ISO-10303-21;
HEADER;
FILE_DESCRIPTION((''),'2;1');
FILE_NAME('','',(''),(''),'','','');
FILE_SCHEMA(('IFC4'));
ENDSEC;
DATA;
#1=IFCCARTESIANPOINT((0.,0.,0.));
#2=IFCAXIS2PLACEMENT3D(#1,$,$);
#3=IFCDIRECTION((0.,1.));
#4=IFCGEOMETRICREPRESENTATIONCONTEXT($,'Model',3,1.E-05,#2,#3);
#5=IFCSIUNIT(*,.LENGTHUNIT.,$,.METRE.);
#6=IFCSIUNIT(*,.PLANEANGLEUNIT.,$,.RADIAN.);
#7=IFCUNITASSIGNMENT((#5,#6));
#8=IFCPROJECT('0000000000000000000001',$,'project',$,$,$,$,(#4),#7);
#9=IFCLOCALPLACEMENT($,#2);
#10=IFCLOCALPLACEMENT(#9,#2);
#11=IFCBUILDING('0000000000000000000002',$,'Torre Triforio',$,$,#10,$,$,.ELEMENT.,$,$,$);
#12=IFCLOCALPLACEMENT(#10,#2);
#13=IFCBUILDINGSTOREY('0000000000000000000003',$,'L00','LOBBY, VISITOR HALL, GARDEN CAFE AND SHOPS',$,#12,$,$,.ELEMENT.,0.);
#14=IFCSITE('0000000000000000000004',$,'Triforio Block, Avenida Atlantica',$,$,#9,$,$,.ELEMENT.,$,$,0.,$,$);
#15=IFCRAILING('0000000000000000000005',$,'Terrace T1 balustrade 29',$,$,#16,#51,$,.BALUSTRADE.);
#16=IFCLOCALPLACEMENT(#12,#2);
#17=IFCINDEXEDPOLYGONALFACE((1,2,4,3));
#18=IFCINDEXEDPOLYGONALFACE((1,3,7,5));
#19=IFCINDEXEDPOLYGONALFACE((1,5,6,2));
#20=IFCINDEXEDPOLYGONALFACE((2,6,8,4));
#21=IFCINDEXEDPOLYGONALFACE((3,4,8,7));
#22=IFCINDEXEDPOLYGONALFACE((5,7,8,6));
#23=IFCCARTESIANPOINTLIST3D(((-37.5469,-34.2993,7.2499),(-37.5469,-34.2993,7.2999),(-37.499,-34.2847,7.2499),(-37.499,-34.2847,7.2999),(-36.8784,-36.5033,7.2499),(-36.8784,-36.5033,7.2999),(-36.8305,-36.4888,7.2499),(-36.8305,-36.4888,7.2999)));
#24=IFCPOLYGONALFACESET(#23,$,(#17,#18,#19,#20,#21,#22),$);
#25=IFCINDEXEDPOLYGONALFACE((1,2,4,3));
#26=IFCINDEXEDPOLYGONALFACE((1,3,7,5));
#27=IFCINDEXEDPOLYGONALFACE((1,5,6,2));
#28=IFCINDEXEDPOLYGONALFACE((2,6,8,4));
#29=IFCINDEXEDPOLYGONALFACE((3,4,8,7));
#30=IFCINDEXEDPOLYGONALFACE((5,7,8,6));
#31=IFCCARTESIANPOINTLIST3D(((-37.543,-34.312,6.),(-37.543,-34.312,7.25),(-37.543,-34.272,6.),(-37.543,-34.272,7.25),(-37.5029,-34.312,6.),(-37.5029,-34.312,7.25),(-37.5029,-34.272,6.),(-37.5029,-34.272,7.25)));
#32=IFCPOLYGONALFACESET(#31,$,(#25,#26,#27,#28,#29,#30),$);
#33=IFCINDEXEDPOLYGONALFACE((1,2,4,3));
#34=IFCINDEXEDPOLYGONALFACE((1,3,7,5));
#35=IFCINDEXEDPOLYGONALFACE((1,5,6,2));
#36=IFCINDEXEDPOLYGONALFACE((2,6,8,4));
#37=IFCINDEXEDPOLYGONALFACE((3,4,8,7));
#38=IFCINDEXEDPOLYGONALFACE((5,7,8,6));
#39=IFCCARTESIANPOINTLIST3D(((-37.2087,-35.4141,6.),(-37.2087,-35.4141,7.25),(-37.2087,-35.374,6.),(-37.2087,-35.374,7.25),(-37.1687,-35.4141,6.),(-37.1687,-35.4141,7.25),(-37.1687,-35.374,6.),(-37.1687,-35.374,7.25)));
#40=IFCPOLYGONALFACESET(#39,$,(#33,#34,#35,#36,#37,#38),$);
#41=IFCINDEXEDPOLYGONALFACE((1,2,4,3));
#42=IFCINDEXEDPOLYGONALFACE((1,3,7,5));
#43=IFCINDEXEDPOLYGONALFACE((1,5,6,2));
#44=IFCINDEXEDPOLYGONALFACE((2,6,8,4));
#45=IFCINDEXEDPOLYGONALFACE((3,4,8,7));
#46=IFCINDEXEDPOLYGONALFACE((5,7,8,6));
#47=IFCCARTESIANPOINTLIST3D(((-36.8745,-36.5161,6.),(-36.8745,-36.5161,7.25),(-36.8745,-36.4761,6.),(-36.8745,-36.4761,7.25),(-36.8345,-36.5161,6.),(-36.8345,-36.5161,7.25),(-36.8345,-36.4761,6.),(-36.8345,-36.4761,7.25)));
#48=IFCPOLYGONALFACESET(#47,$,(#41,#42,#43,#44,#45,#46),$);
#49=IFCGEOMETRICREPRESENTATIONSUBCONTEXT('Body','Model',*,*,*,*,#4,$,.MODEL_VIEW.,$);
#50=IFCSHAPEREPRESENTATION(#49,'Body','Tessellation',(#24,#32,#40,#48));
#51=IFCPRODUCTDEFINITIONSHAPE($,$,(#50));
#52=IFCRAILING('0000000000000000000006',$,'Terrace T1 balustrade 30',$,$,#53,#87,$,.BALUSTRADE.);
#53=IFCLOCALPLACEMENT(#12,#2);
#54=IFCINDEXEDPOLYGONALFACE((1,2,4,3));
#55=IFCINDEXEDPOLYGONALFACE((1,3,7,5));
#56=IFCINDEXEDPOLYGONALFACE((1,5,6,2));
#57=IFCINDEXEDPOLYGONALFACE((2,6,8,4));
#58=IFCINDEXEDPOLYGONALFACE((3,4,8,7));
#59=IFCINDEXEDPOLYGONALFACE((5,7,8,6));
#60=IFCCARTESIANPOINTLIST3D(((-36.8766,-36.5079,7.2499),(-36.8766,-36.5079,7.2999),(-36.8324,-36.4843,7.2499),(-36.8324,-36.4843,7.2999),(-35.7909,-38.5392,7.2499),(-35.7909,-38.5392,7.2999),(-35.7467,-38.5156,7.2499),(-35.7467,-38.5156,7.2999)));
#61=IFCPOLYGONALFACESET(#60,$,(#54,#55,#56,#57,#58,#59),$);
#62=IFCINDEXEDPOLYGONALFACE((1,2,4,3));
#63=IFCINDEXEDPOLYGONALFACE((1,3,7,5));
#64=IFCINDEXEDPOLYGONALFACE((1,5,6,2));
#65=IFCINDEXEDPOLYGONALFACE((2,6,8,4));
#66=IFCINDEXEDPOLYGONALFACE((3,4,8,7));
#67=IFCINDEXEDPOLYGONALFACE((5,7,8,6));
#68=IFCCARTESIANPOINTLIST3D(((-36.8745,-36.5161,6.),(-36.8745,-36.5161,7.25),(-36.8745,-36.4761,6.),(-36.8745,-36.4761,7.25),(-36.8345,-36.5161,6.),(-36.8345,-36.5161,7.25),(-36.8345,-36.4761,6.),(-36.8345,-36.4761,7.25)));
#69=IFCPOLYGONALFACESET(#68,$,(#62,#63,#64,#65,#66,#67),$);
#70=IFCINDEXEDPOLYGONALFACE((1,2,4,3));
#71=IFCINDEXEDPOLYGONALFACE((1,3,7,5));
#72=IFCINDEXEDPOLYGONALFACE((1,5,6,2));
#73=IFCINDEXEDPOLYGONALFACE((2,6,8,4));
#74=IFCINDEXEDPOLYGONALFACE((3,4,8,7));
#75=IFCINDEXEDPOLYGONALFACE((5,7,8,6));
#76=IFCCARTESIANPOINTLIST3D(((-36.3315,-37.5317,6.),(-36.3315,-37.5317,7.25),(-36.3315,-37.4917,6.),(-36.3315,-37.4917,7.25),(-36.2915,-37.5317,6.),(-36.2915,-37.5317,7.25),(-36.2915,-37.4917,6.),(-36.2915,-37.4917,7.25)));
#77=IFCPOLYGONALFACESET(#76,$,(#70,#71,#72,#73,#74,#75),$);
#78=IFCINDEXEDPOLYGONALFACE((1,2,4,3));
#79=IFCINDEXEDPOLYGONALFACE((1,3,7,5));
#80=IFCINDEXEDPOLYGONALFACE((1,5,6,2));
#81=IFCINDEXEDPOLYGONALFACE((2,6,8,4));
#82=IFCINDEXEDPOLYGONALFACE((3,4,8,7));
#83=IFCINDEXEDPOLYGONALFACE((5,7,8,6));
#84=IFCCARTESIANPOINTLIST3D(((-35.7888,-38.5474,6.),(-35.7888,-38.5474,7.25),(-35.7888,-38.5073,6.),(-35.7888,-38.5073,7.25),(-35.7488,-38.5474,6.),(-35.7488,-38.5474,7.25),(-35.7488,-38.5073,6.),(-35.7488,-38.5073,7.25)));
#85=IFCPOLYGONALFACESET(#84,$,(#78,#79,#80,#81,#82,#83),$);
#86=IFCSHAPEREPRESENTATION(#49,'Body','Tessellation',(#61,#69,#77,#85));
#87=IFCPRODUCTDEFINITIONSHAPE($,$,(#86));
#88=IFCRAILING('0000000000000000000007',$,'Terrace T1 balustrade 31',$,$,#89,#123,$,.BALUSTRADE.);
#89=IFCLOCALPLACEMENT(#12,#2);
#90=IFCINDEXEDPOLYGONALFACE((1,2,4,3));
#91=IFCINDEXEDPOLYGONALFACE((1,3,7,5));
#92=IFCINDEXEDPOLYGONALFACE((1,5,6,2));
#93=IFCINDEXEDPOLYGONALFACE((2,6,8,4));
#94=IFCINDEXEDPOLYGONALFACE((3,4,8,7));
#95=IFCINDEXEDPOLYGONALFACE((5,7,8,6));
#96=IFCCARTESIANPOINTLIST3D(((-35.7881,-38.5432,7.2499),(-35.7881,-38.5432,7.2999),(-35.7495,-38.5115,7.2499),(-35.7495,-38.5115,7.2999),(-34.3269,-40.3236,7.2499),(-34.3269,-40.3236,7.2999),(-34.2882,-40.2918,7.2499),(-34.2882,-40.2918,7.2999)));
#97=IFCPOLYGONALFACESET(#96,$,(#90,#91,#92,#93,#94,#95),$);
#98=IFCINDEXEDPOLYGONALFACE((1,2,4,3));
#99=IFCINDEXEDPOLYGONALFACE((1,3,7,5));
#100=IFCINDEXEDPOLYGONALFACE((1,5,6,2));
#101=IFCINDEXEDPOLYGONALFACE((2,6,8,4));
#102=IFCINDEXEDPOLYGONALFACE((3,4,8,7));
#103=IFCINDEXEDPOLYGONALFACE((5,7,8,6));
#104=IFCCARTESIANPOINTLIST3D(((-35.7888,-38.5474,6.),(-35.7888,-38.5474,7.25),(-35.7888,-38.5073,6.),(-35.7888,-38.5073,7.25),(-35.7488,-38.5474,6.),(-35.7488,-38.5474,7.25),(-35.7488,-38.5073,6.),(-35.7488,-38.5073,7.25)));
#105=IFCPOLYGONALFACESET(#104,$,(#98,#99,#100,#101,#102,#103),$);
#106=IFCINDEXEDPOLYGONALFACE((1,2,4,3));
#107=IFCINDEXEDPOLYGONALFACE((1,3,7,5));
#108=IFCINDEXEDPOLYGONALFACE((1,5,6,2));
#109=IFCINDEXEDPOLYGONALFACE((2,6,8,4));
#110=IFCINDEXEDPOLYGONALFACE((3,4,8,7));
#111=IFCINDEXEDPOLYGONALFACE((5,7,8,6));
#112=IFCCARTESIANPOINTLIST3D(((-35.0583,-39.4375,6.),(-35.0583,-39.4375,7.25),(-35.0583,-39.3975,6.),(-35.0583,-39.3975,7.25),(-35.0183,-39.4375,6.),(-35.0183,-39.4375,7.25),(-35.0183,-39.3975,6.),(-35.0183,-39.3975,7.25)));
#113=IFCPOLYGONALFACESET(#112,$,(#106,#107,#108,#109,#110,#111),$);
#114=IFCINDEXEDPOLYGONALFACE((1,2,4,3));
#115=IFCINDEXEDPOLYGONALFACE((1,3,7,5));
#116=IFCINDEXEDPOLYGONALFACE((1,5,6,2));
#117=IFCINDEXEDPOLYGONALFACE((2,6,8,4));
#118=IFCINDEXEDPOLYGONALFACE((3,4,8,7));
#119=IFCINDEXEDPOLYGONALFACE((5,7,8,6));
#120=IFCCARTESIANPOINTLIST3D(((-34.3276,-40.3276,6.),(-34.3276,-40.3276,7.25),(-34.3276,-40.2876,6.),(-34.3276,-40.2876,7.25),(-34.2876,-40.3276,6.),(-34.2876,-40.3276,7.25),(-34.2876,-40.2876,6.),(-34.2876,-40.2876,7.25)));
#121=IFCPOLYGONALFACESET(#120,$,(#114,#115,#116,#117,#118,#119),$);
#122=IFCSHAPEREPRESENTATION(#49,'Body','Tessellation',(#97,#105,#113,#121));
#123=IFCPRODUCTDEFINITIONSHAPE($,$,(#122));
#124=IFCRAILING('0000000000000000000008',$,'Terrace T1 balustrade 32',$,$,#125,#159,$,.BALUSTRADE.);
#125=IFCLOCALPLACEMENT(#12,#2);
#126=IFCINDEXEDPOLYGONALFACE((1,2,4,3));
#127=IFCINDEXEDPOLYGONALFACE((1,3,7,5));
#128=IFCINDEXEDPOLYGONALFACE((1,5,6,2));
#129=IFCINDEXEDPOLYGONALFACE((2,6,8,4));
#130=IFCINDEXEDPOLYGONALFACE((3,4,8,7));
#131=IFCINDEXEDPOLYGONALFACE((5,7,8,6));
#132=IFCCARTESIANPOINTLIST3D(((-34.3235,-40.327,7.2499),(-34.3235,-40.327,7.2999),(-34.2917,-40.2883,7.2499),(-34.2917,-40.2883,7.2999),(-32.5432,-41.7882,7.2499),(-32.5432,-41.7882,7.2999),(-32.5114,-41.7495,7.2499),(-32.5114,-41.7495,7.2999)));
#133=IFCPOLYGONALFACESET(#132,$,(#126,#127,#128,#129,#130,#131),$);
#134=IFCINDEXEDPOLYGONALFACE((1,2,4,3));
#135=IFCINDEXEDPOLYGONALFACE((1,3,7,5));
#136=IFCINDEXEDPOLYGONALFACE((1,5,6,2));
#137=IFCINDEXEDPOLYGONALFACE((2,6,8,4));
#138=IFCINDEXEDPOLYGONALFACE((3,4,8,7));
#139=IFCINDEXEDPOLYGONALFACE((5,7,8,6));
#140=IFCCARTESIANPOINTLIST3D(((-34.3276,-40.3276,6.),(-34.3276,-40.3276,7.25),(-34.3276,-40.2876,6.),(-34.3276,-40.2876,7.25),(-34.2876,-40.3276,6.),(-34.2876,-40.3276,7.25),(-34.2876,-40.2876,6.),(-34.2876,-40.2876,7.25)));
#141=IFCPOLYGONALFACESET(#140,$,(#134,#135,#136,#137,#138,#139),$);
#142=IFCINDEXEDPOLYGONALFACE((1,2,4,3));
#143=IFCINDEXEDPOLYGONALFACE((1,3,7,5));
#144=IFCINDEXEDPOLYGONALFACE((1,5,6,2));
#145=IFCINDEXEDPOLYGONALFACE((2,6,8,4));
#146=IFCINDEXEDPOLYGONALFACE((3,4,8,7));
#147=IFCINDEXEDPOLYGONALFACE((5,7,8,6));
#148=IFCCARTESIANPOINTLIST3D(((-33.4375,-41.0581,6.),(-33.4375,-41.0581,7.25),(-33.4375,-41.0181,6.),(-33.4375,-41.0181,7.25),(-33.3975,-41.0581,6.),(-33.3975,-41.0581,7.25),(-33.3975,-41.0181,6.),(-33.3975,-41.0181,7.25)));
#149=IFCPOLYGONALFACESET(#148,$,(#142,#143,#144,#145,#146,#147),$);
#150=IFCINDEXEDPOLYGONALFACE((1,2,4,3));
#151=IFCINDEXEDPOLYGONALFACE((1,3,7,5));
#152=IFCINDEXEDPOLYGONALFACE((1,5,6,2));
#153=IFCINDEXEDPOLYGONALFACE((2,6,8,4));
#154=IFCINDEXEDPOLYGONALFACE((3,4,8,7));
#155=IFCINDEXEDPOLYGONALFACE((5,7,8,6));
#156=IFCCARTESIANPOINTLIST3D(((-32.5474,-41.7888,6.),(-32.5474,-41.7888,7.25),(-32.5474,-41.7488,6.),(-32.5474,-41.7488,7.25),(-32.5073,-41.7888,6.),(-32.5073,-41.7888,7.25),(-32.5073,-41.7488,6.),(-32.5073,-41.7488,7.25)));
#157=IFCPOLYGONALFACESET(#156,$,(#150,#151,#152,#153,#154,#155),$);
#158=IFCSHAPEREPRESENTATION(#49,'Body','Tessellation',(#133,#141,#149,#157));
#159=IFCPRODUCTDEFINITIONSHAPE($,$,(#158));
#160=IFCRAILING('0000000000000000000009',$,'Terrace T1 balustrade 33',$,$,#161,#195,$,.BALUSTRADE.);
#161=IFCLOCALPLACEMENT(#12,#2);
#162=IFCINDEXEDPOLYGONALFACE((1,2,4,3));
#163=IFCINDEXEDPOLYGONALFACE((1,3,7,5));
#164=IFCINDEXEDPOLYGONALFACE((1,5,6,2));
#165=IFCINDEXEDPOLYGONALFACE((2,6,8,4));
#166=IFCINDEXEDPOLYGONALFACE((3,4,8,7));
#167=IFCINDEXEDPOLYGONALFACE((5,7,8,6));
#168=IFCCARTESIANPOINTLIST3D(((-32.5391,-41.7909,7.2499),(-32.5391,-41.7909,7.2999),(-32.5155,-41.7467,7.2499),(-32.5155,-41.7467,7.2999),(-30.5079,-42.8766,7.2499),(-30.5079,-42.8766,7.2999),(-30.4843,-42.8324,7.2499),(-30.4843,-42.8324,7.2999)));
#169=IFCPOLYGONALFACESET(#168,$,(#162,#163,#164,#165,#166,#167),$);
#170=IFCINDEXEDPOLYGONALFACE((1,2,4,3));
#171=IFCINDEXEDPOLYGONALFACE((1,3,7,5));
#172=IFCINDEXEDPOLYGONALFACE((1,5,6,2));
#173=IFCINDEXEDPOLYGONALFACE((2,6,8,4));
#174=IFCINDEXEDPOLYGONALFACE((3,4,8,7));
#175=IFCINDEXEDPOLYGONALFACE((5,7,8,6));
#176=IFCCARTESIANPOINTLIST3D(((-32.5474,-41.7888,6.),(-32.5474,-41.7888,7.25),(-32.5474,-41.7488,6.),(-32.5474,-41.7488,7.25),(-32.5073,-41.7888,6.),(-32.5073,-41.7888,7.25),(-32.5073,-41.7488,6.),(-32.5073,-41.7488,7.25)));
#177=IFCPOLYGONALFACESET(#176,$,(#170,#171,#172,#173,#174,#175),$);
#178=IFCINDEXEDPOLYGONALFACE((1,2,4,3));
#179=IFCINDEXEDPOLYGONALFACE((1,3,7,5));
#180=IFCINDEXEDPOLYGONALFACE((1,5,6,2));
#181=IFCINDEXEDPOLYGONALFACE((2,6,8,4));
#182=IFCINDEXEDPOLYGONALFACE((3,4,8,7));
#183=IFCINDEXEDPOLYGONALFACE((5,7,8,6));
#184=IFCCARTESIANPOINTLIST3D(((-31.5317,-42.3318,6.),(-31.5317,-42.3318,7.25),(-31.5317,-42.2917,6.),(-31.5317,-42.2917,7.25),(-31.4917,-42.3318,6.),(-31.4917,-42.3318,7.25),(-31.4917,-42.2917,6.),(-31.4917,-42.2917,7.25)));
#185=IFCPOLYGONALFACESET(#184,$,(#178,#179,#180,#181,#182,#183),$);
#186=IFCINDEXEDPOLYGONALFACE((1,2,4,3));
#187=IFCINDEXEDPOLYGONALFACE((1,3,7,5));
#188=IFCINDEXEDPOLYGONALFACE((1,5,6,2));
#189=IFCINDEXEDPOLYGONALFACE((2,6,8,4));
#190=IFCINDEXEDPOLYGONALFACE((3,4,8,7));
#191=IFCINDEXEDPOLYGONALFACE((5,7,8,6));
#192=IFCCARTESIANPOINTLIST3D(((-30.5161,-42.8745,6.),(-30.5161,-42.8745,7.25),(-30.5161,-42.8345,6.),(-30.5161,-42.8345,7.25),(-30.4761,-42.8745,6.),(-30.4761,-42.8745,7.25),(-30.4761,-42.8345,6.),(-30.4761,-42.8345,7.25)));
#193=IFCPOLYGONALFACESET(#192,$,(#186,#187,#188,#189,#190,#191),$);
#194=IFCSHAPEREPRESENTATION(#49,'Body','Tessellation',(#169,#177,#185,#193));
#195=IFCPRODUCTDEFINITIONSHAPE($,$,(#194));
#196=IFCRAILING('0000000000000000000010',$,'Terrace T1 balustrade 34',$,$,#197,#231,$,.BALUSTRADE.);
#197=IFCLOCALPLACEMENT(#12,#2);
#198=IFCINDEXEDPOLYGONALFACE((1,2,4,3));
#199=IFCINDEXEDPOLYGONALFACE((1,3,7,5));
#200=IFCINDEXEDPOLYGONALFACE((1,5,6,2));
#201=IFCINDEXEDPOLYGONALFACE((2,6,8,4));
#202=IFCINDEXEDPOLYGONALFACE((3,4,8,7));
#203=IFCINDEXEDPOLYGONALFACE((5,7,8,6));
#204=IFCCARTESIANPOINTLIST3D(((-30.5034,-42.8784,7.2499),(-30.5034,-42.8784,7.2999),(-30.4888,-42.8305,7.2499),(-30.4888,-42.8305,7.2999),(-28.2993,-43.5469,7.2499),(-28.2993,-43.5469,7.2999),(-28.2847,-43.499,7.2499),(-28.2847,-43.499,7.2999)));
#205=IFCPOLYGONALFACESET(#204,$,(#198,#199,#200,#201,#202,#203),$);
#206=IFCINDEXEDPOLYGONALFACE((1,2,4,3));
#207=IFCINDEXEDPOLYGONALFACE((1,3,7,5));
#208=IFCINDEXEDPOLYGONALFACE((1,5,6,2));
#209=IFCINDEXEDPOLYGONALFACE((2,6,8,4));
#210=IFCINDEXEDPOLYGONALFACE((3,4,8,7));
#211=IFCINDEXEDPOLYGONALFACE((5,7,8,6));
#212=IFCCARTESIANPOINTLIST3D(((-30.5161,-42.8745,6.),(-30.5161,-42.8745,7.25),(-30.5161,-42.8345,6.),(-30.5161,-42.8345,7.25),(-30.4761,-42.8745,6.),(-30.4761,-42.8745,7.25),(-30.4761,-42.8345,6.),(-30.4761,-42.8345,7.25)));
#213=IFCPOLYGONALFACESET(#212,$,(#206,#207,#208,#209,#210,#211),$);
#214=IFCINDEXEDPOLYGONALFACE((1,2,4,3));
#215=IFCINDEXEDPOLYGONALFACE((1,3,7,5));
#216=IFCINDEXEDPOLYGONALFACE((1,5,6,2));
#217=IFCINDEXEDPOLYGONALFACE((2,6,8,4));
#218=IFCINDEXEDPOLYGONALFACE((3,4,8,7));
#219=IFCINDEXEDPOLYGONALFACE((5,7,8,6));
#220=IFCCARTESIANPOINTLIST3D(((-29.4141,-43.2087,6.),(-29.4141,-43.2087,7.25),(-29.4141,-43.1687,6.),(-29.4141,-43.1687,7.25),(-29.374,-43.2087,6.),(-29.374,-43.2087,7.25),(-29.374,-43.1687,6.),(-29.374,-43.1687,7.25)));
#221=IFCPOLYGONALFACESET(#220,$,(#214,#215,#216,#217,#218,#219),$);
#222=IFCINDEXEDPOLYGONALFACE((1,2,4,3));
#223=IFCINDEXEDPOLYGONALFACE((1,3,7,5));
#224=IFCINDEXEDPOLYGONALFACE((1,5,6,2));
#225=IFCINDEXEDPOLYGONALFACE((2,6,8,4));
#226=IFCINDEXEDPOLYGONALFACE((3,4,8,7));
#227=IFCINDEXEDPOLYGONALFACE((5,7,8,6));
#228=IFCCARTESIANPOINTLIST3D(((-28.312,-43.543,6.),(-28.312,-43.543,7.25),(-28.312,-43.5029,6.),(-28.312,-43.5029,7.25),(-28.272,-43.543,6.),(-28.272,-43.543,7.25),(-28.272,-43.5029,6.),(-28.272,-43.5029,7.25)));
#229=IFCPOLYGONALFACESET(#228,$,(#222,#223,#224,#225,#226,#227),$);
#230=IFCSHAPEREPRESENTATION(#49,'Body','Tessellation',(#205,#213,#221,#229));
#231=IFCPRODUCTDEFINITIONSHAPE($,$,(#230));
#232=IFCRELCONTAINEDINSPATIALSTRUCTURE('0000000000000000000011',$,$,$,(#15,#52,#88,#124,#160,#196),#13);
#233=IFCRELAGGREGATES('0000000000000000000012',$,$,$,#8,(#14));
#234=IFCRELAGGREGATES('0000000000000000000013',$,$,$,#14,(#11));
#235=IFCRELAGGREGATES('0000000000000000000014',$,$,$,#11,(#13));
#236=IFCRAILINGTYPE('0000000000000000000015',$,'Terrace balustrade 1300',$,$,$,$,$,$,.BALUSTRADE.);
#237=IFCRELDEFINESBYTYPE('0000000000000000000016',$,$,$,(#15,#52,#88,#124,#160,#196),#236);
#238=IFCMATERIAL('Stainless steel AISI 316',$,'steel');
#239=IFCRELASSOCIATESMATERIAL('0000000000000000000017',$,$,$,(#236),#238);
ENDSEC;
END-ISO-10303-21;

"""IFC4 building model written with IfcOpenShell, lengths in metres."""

from ifc_helpers import new_model, si_unit, direction, frame, origin, origin_2d, place, context, subcontext, project, spatial, rectangle, extrude, material, type_object, element, save


model = new_model("IFC4")

# Units and contexts
model_context = context("Model", 3, precision=1e-05, world=origin(), true_north=direction((0.0, 1.0)))
body_context = subcontext(model_context, "Body", "Model", "MODEL_VIEW")
ifc_project = project(units=[si_unit("LENGTHUNIT", "METRE"), si_unit("PLANEANGLEUNIT", "RADIAN")], contexts=[model_context])

# Site, building, storey
site_placement = place(None, origin())
site = spatial("IfcSite", under=ifc_project, at=site_placement, Name="Triforio Block, Avenida Atlantica", CompositionType="ELEMENT", RefElevation=0.0)
building_placement = place(site_placement, origin())
building = spatial("IfcBuilding", under=site, at=building_placement, Name="Torre Triforio", CompositionType="ELEMENT")
storey_placement = place(building_placement, origin())
storey = spatial("IfcBuildingStorey", under=building, at=storey_placement, Name="L00", Description="LOBBY, VISITOR HALL, GARDEN CAFE AND SHOPS", CompositionType="ELEMENT", Elevation=0.0)

# Railings
ifc_material_1 = material(Name="Stainless steel AISI 316", Category="steel")
railing_type_1 = type_object("IfcRailingType", Name="Terrace balustrade 1300", PredefinedType="BALUSTRADE", material=ifc_material_1)
railing_1_placement = place(storey_placement, frame((-37.5229, -34.292, 6.0)))
element("IfcRailing", 1, at=railing_1_placement, inside=storey, type_object=railing_type_1, Name="Terrace T1 balustrade 29", PredefinedType="BALUSTRADE", context=body_context, shape_type="SweptSolid", body=[
    extrude(rectangle(XDim=0.05, YDim=0.05, at=origin_2d()), frame((0.0, 0.0, 1.2749), z_axis=(0.290225, -0.956958, 0.0), x_axis=(0.956958, 0.290225, 0.0)), (0.0, 0.0, 1.0), 2.3032),
    extrude(rectangle(XDim=0.04, YDim=0.04, at=origin_2d()), origin(), (0.0, 0.0, 1.0), 1.25),
    extrude(rectangle(XDim=0.04, YDim=0.04, at=origin_2d()), frame((0.3342, -1.1021, 0.0)), (0.0, 0.0, 1.0), 1.25),
    extrude(rectangle(XDim=0.04, YDim=0.04, at=origin_2d()), frame((0.6685, -2.2041, 0.0)), (0.0, 0.0, 1.0), 1.25),
])
railing_2_placement = place(storey_placement, frame((-36.8545, -36.4961, 6.0)))
element("IfcRailing", 2, at=railing_2_placement, inside=storey, type_object=railing_type_1, Name="Terrace T1 balustrade 30", PredefinedType="BALUSTRADE", context=body_context, shape_type="SweptSolid", body=[
    extrude(rectangle(XDim=0.05, YDim=0.05, at=origin_2d()), frame((0.0, 0.0, 1.2749), z_axis=(0.471386, -0.881927, 0.0), x_axis=(0.881927, 0.471386, 0.0)), (0.0, 0.0, 1.0), 2.3032),
    extrude(rectangle(XDim=0.04, YDim=0.04, at=origin_2d()), origin(), (0.0, 0.0, 1.0), 1.25),
    extrude(rectangle(XDim=0.04, YDim=0.04, at=origin_2d()), frame((0.543, -1.0156, 0.0)), (0.0, 0.0, 1.0), 1.25),
    extrude(rectangle(XDim=0.04, YDim=0.04, at=origin_2d()), frame((1.0857, -2.0312, 0.0)), (0.0, 0.0, 1.0), 1.25),
])
railing_3_placement = place(storey_placement, frame((-35.7688, -38.5273, 6.0)))
element("IfcRailing", 3, at=railing_3_placement, inside=storey, type_object=railing_type_1, Name="Terrace T1 balustrade 31", PredefinedType="BALUSTRADE", context=body_context, shape_type="SweptSolid", body=[
    extrude(rectangle(XDim=0.05, YDim=0.05, at=origin_2d()), frame((0.0, 0.0, 1.2749), z_axis=(0.634432, -0.772979, 0.0), x_axis=(0.772979, 0.634432, 0.0)), (0.0, 0.0, 1.0), 2.3032),
    extrude(rectangle(XDim=0.04, YDim=0.04, at=origin_2d()), origin(), (0.0, 0.0, 1.0), 1.25),
    extrude(rectangle(XDim=0.04, YDim=0.04, at=origin_2d()), frame((0.7305, -0.8901, 0.0)), (0.0, 0.0, 1.0), 1.25),
    extrude(rectangle(XDim=0.04, YDim=0.04, at=origin_2d()), frame((1.4612, -1.7803, 0.0)), (0.0, 0.0, 1.0), 1.25),
])
railing_4_placement = place(storey_placement, frame((-34.3076, -40.3076, 6.0)))
element("IfcRailing", 4, at=railing_4_placement, inside=storey, type_object=railing_type_1, Name="Terrace T1 balustrade 32", PredefinedType="BALUSTRADE", context=body_context, shape_type="SweptSolid", body=[
    extrude(rectangle(XDim=0.05, YDim=0.05, at=origin_2d()), frame((0.0, 0.0, 1.2749), z_axis=(0.772979, -0.634432, 0.0), x_axis=(0.634432, 0.772979, 0.0)), (0.0, 0.0, 1.0), 2.3032),
    extrude(rectangle(XDim=0.04, YDim=0.04, at=origin_2d()), origin(), (0.0, 0.0, 1.0), 1.25),
    extrude(rectangle(XDim=0.04, YDim=0.04, at=origin_2d()), frame((0.8901, -0.7305, 0.0)), (0.0, 0.0, 1.0), 1.25),
    extrude(rectangle(XDim=0.04, YDim=0.04, at=origin_2d()), frame((1.7803, -1.4612, 0.0)), (0.0, 0.0, 1.0), 1.25),
])
railing_5_placement = place(storey_placement, frame((-32.5273, -41.7688, 6.0)))
element("IfcRailing", 5, at=railing_5_placement, inside=storey, type_object=railing_type_1, Name="Terrace T1 balustrade 33", PredefinedType="BALUSTRADE", context=body_context, shape_type="SweptSolid", body=[
    extrude(rectangle(XDim=0.05, YDim=0.05, at=origin_2d()), frame((0.0, 0.0, 1.2749), z_axis=(0.881927, -0.471386, 0.0), x_axis=(0.471386, 0.881927, 0.0)), (0.0, 0.0, 1.0), 2.3032),
    extrude(rectangle(XDim=0.04, YDim=0.04, at=origin_2d()), origin(), (0.0, 0.0, 1.0), 1.25),
    extrude(rectangle(XDim=0.04, YDim=0.04, at=origin_2d()), frame((1.0156, -0.543, 0.0)), (0.0, 0.0, 1.0), 1.25),
    extrude(rectangle(XDim=0.04, YDim=0.04, at=origin_2d()), frame((2.0312, -1.0857, 0.0)), (0.0, 0.0, 1.0), 1.25),
])
railing_6_placement = place(storey_placement, frame((-30.4961, -42.8545, 6.0)))
element("IfcRailing", 6, at=railing_6_placement, inside=storey, type_object=railing_type_1, Name="Terrace T1 balustrade 34", PredefinedType="BALUSTRADE", context=body_context, shape_type="SweptSolid", body=[
    extrude(rectangle(XDim=0.05, YDim=0.05, at=origin_2d()), frame((0.0, 0.0, 1.2749), z_axis=(0.956958, -0.290225, 0.0), x_axis=(0.290225, 0.956958, 0.0)), (0.0, 0.0, 1.0), 2.3032),
    extrude(rectangle(XDim=0.04, YDim=0.04, at=origin_2d()), origin(), (0.0, 0.0, 1.0), 1.25),
    extrude(rectangle(XDim=0.04, YDim=0.04, at=origin_2d()), frame((1.1021, -0.3342, 0.0)), (0.0, 0.0, 1.0), 1.25),
    extrude(rectangle(XDim=0.04, YDim=0.04, at=origin_2d()), frame((2.2041, -0.6685, 0.0)), (0.0, 0.0, 1.0), 1.25),
])

save(model, "model.ifc")
